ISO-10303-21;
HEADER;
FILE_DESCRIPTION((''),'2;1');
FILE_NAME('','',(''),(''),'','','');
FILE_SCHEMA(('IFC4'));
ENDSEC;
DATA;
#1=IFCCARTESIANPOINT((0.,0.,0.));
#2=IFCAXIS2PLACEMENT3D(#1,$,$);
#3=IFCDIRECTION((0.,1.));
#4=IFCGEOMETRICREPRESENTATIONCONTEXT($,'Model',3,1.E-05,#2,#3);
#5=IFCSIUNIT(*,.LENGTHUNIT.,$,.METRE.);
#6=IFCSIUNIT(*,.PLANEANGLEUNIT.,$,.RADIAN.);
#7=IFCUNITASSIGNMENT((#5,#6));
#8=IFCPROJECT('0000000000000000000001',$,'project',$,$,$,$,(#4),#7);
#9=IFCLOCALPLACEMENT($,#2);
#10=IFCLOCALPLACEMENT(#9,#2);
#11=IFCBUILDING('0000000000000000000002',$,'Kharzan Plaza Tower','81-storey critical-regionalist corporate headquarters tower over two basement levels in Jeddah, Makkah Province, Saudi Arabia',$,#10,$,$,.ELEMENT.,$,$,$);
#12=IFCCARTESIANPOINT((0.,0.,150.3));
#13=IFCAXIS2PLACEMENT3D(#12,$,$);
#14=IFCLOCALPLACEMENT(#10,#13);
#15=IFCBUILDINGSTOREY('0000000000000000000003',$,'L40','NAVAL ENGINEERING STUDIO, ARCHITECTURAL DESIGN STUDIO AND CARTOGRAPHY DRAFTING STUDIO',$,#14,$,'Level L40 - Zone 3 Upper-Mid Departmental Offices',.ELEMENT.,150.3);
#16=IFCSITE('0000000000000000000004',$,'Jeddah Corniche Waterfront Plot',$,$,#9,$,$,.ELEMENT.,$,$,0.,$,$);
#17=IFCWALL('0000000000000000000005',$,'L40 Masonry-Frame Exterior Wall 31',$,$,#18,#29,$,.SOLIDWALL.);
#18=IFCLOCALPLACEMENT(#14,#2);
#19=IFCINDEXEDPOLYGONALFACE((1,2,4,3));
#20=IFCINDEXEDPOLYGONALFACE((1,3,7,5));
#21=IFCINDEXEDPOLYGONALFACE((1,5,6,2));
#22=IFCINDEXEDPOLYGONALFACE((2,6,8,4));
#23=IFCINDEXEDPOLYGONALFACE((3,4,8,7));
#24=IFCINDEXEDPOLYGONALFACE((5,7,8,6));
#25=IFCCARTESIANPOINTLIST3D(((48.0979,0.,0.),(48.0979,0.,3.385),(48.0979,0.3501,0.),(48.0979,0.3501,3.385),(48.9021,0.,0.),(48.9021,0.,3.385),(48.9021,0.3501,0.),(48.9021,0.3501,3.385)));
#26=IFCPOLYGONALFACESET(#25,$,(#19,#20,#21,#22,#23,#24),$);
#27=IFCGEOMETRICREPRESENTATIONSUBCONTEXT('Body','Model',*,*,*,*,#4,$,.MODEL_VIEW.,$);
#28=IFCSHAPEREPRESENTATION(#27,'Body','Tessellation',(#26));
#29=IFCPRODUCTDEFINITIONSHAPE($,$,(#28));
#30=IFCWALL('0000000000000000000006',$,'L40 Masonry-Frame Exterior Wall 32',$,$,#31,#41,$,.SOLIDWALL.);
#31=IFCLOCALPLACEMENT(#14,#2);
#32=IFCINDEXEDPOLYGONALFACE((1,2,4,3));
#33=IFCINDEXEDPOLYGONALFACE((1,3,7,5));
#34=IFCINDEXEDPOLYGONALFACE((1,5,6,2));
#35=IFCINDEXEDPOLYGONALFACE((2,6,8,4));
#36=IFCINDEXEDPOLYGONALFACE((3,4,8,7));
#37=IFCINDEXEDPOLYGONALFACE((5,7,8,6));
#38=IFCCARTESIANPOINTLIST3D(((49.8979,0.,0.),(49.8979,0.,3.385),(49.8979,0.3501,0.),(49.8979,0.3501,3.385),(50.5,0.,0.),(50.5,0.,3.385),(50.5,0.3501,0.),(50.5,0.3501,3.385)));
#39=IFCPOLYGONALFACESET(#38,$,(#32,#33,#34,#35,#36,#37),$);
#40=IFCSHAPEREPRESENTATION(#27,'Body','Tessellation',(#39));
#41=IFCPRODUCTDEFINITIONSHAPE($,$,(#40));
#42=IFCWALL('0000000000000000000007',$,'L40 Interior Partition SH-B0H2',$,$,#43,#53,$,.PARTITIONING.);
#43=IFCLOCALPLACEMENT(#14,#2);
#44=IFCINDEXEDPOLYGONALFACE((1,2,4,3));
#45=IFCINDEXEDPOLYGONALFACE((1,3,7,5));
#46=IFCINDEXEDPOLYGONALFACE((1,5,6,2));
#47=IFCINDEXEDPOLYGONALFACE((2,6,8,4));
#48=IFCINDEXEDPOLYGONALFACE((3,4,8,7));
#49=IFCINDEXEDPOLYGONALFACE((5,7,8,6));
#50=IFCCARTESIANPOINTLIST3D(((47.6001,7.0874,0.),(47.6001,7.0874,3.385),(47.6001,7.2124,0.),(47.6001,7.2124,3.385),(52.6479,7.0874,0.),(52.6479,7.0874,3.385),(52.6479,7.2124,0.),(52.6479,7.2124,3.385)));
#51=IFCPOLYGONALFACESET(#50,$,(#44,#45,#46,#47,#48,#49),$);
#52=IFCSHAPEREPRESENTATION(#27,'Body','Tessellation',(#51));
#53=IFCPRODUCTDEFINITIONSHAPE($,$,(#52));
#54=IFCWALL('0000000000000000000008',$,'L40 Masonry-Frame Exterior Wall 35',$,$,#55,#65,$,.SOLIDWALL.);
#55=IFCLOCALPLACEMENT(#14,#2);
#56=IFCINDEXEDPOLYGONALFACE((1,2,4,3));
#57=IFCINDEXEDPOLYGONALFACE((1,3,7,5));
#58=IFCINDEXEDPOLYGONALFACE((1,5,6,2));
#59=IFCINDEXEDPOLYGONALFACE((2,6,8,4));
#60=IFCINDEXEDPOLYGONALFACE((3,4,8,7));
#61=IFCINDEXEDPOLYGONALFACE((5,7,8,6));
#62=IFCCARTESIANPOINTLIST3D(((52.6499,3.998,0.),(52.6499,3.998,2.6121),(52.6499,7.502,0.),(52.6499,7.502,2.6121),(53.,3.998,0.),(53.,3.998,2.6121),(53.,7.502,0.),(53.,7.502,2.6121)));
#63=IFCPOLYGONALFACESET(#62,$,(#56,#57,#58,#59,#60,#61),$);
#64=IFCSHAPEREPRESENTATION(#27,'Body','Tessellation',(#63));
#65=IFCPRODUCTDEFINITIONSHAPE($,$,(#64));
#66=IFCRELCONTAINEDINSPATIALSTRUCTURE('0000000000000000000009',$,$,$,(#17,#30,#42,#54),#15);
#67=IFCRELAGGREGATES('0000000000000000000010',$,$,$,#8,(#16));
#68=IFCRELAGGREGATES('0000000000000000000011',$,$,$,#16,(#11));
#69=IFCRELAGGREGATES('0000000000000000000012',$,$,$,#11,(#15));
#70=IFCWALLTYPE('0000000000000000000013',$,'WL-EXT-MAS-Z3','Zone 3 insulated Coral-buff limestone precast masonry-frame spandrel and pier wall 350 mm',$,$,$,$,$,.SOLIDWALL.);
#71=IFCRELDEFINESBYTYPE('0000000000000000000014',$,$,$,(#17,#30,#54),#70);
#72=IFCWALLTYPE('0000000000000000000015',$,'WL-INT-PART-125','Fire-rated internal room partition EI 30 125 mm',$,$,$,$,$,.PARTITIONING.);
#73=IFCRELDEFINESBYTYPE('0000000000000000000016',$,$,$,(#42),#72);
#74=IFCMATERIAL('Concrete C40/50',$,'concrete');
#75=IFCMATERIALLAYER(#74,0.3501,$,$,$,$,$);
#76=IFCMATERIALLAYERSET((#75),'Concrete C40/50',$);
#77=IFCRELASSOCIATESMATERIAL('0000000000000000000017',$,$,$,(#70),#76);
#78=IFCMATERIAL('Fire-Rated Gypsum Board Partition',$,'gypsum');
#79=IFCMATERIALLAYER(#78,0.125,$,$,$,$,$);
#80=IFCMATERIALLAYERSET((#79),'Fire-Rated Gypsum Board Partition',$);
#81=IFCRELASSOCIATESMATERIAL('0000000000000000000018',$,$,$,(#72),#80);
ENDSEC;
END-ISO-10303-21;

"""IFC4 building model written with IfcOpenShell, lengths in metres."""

from ifc_helpers import new_model, si_unit, direction, frame, frame_2d, origin, place, context, subcontext, project, spatial, rectangle, extrude, source, transform, mapped, material, layer, layer_set, type_object, element, save


model = new_model("IFC4")

# Units and contexts
model_context = context("Model", 3, precision=1e-05, world=origin(), true_north=direction((0.0, 1.0)))
body_context = subcontext(model_context, "Body", "Model", "MODEL_VIEW")
ifc_project = project(units=[si_unit("LENGTHUNIT", "METRE"), si_unit("PLANEANGLEUNIT", "RADIAN")], contexts=[model_context])

# Site, building, storey
site_placement = place(None, origin())
site = spatial("IfcSite", under=ifc_project, at=site_placement, Name="Jeddah Corniche Waterfront Plot", CompositionType="ELEMENT", RefElevation=0.0)
building_placement = place(site_placement, origin())
building = spatial("IfcBuilding", under=site, at=building_placement, Name="Kharzan Plaza Tower", Description="81-storey critical-regionalist corporate headquarters tower over two basement levels in Jeddah, Makkah Province, Saudi Arabia", CompositionType="ELEMENT")
storey_placement = place(building_placement, frame((0.0, 0.0, 150.3)))
storey = spatial("IfcBuildingStorey", under=building, at=storey_placement, Name="L40", Description="NAVAL ENGINEERING STUDIO, ARCHITECTURAL DESIGN STUDIO AND CARTOGRAPHY DRAFTING STUDIO", LongName="Level L40 - Zone 3 Upper-Mid Departmental Offices", CompositionType="ELEMENT", Elevation=150.3)

# Shared definitions
ifc_material_1 = material(Name="Concrete C40/50", Category="concrete")
ifc_layer_1 = layer(ifc_material_1, 0.3501)
ifc_layer_set_1 = layer_set([ifc_layer_1], Name="Concrete C40/50")
wall_type_1 = type_object("IfcWallType", Name="WL-EXT-MAS-Z3", Description="Zone 3 insulated Coral-buff limestone precast masonry-frame spandrel and pier wall 350 mm", PredefinedType="SOLIDWALL", material=ifc_layer_set_1)

# Shared definitions
ifc_material_2 = material(Name="Fire-Rated Gypsum Board Partition", Category="gypsum")
ifc_layer_2 = layer(ifc_material_2, 0.125)
ifc_layer_set_2 = layer_set([ifc_layer_2], Name="Fire-Rated Gypsum Board Partition")
wall_type_2 = type_object("IfcWallType", Name="WL-INT-PART-125", Description="Fire-rated internal room partition EI 30 125 mm", PredefinedType="PARTITIONING", material=ifc_layer_set_2)

# Walls
shared_shape_1 = source(origin(), body_context, "Body", "SweptSolid", [
    extrude(rectangle(XDim=0.8042, YDim=0.3501, at=frame_2d((0.4021, 0.0))), origin(), (0.0, 0.0, 1.0), 3.385),
])
wall_1_placement = place(storey_placement, frame((48.0979, 0.175, 0.0), z_axis=(0.0, 0.0, 1.0), x_axis=(1.0, 0.0, 0.0)))
element("IfcWall", 1, at=wall_1_placement, inside=storey, type_object=wall_type_1, Name="L40 Masonry-Frame Exterior Wall 31", PredefinedType="SOLIDWALL", context=body_context, shape_type="MappedRepresentation", body=[
    mapped(shared_shape_1, transform((0.0, 0.0, 0.0), x_axis=(1.0, 0.0, 0.0), y_axis=(0.0, 1.0, 0.0), z_axis=(0.0, 0.0, 1.0))),
])
shared_shape_2 = source(origin(), body_context, "Body", "SweptSolid", [
    extrude(rectangle(XDim=0.6021, YDim=0.3501, at=frame_2d((0.301, 0.0))), origin(), (0.0, 0.0, 1.0), 3.385),
])
wall_2_placement = place(storey_placement, frame((49.8979, 0.175, 0.0), z_axis=(0.0, 0.0, 1.0), x_axis=(1.0, 0.0, 0.0)))
element("IfcWall", 2, at=wall_2_placement, inside=storey, type_object=wall_type_1, Name="L40 Masonry-Frame Exterior Wall 32", PredefinedType="SOLIDWALL", context=body_context, shape_type="MappedRepresentation", body=[
    mapped(shared_shape_2, transform((0.0, 0.0, 0.0), x_axis=(1.0, 0.0, 0.0), y_axis=(0.0, 1.0, 0.0), z_axis=(0.0, 0.0, 1.0))),
])
shared_shape_3 = source(origin(), body_context, "Body", "SweptSolid", [
    extrude(rectangle(XDim=5.0479, YDim=0.125, at=frame_2d((2.5239, 0.0))), origin(), (0.0, 0.0, 1.0), 3.385),
])
wall_3_placement = place(storey_placement, frame((47.6001, 7.1499, 0.0), z_axis=(0.0, 0.0, 1.0), x_axis=(1.0, 0.0, 0.0)))
element("IfcWall", 3, at=wall_3_placement, inside=storey, type_object=wall_type_2, Name="L40 Interior Partition SH-B0H2", PredefinedType="PARTITIONING", context=body_context, shape_type="MappedRepresentation", body=[
    mapped(shared_shape_3, transform((0.0, 0.0, 0.0), x_axis=(1.0, 0.0, 0.0), y_axis=(0.0, 1.0, 0.0), z_axis=(0.0, 0.0, 1.0))),
])
shared_shape_4 = source(origin(), body_context, "Body", "SweptSolid", [
    extrude(rectangle(XDim=3.5039, YDim=0.3501, at=frame_2d((1.752, 0.0))), origin(), (0.0, 0.0, 1.0), 2.6121),
])
wall_4_placement = place(storey_placement, frame((52.825, 3.998, 0.0), z_axis=(0.0, 0.0, 1.0), x_axis=(0.0, 1.0, 0.0)))
element("IfcWall", 4, at=wall_4_placement, inside=storey, type_object=wall_type_1, Name="L40 Masonry-Frame Exterior Wall 35", PredefinedType="SOLIDWALL", context=body_context, shape_type="MappedRepresentation", body=[
    mapped(shared_shape_4, transform((0.0, 0.0, 0.0), x_axis=(1.0, 0.0, 0.0), y_axis=(0.0, 1.0, 0.0), z_axis=(0.0, 0.0, 1.0))),
])

save(model, "model.ifc")
